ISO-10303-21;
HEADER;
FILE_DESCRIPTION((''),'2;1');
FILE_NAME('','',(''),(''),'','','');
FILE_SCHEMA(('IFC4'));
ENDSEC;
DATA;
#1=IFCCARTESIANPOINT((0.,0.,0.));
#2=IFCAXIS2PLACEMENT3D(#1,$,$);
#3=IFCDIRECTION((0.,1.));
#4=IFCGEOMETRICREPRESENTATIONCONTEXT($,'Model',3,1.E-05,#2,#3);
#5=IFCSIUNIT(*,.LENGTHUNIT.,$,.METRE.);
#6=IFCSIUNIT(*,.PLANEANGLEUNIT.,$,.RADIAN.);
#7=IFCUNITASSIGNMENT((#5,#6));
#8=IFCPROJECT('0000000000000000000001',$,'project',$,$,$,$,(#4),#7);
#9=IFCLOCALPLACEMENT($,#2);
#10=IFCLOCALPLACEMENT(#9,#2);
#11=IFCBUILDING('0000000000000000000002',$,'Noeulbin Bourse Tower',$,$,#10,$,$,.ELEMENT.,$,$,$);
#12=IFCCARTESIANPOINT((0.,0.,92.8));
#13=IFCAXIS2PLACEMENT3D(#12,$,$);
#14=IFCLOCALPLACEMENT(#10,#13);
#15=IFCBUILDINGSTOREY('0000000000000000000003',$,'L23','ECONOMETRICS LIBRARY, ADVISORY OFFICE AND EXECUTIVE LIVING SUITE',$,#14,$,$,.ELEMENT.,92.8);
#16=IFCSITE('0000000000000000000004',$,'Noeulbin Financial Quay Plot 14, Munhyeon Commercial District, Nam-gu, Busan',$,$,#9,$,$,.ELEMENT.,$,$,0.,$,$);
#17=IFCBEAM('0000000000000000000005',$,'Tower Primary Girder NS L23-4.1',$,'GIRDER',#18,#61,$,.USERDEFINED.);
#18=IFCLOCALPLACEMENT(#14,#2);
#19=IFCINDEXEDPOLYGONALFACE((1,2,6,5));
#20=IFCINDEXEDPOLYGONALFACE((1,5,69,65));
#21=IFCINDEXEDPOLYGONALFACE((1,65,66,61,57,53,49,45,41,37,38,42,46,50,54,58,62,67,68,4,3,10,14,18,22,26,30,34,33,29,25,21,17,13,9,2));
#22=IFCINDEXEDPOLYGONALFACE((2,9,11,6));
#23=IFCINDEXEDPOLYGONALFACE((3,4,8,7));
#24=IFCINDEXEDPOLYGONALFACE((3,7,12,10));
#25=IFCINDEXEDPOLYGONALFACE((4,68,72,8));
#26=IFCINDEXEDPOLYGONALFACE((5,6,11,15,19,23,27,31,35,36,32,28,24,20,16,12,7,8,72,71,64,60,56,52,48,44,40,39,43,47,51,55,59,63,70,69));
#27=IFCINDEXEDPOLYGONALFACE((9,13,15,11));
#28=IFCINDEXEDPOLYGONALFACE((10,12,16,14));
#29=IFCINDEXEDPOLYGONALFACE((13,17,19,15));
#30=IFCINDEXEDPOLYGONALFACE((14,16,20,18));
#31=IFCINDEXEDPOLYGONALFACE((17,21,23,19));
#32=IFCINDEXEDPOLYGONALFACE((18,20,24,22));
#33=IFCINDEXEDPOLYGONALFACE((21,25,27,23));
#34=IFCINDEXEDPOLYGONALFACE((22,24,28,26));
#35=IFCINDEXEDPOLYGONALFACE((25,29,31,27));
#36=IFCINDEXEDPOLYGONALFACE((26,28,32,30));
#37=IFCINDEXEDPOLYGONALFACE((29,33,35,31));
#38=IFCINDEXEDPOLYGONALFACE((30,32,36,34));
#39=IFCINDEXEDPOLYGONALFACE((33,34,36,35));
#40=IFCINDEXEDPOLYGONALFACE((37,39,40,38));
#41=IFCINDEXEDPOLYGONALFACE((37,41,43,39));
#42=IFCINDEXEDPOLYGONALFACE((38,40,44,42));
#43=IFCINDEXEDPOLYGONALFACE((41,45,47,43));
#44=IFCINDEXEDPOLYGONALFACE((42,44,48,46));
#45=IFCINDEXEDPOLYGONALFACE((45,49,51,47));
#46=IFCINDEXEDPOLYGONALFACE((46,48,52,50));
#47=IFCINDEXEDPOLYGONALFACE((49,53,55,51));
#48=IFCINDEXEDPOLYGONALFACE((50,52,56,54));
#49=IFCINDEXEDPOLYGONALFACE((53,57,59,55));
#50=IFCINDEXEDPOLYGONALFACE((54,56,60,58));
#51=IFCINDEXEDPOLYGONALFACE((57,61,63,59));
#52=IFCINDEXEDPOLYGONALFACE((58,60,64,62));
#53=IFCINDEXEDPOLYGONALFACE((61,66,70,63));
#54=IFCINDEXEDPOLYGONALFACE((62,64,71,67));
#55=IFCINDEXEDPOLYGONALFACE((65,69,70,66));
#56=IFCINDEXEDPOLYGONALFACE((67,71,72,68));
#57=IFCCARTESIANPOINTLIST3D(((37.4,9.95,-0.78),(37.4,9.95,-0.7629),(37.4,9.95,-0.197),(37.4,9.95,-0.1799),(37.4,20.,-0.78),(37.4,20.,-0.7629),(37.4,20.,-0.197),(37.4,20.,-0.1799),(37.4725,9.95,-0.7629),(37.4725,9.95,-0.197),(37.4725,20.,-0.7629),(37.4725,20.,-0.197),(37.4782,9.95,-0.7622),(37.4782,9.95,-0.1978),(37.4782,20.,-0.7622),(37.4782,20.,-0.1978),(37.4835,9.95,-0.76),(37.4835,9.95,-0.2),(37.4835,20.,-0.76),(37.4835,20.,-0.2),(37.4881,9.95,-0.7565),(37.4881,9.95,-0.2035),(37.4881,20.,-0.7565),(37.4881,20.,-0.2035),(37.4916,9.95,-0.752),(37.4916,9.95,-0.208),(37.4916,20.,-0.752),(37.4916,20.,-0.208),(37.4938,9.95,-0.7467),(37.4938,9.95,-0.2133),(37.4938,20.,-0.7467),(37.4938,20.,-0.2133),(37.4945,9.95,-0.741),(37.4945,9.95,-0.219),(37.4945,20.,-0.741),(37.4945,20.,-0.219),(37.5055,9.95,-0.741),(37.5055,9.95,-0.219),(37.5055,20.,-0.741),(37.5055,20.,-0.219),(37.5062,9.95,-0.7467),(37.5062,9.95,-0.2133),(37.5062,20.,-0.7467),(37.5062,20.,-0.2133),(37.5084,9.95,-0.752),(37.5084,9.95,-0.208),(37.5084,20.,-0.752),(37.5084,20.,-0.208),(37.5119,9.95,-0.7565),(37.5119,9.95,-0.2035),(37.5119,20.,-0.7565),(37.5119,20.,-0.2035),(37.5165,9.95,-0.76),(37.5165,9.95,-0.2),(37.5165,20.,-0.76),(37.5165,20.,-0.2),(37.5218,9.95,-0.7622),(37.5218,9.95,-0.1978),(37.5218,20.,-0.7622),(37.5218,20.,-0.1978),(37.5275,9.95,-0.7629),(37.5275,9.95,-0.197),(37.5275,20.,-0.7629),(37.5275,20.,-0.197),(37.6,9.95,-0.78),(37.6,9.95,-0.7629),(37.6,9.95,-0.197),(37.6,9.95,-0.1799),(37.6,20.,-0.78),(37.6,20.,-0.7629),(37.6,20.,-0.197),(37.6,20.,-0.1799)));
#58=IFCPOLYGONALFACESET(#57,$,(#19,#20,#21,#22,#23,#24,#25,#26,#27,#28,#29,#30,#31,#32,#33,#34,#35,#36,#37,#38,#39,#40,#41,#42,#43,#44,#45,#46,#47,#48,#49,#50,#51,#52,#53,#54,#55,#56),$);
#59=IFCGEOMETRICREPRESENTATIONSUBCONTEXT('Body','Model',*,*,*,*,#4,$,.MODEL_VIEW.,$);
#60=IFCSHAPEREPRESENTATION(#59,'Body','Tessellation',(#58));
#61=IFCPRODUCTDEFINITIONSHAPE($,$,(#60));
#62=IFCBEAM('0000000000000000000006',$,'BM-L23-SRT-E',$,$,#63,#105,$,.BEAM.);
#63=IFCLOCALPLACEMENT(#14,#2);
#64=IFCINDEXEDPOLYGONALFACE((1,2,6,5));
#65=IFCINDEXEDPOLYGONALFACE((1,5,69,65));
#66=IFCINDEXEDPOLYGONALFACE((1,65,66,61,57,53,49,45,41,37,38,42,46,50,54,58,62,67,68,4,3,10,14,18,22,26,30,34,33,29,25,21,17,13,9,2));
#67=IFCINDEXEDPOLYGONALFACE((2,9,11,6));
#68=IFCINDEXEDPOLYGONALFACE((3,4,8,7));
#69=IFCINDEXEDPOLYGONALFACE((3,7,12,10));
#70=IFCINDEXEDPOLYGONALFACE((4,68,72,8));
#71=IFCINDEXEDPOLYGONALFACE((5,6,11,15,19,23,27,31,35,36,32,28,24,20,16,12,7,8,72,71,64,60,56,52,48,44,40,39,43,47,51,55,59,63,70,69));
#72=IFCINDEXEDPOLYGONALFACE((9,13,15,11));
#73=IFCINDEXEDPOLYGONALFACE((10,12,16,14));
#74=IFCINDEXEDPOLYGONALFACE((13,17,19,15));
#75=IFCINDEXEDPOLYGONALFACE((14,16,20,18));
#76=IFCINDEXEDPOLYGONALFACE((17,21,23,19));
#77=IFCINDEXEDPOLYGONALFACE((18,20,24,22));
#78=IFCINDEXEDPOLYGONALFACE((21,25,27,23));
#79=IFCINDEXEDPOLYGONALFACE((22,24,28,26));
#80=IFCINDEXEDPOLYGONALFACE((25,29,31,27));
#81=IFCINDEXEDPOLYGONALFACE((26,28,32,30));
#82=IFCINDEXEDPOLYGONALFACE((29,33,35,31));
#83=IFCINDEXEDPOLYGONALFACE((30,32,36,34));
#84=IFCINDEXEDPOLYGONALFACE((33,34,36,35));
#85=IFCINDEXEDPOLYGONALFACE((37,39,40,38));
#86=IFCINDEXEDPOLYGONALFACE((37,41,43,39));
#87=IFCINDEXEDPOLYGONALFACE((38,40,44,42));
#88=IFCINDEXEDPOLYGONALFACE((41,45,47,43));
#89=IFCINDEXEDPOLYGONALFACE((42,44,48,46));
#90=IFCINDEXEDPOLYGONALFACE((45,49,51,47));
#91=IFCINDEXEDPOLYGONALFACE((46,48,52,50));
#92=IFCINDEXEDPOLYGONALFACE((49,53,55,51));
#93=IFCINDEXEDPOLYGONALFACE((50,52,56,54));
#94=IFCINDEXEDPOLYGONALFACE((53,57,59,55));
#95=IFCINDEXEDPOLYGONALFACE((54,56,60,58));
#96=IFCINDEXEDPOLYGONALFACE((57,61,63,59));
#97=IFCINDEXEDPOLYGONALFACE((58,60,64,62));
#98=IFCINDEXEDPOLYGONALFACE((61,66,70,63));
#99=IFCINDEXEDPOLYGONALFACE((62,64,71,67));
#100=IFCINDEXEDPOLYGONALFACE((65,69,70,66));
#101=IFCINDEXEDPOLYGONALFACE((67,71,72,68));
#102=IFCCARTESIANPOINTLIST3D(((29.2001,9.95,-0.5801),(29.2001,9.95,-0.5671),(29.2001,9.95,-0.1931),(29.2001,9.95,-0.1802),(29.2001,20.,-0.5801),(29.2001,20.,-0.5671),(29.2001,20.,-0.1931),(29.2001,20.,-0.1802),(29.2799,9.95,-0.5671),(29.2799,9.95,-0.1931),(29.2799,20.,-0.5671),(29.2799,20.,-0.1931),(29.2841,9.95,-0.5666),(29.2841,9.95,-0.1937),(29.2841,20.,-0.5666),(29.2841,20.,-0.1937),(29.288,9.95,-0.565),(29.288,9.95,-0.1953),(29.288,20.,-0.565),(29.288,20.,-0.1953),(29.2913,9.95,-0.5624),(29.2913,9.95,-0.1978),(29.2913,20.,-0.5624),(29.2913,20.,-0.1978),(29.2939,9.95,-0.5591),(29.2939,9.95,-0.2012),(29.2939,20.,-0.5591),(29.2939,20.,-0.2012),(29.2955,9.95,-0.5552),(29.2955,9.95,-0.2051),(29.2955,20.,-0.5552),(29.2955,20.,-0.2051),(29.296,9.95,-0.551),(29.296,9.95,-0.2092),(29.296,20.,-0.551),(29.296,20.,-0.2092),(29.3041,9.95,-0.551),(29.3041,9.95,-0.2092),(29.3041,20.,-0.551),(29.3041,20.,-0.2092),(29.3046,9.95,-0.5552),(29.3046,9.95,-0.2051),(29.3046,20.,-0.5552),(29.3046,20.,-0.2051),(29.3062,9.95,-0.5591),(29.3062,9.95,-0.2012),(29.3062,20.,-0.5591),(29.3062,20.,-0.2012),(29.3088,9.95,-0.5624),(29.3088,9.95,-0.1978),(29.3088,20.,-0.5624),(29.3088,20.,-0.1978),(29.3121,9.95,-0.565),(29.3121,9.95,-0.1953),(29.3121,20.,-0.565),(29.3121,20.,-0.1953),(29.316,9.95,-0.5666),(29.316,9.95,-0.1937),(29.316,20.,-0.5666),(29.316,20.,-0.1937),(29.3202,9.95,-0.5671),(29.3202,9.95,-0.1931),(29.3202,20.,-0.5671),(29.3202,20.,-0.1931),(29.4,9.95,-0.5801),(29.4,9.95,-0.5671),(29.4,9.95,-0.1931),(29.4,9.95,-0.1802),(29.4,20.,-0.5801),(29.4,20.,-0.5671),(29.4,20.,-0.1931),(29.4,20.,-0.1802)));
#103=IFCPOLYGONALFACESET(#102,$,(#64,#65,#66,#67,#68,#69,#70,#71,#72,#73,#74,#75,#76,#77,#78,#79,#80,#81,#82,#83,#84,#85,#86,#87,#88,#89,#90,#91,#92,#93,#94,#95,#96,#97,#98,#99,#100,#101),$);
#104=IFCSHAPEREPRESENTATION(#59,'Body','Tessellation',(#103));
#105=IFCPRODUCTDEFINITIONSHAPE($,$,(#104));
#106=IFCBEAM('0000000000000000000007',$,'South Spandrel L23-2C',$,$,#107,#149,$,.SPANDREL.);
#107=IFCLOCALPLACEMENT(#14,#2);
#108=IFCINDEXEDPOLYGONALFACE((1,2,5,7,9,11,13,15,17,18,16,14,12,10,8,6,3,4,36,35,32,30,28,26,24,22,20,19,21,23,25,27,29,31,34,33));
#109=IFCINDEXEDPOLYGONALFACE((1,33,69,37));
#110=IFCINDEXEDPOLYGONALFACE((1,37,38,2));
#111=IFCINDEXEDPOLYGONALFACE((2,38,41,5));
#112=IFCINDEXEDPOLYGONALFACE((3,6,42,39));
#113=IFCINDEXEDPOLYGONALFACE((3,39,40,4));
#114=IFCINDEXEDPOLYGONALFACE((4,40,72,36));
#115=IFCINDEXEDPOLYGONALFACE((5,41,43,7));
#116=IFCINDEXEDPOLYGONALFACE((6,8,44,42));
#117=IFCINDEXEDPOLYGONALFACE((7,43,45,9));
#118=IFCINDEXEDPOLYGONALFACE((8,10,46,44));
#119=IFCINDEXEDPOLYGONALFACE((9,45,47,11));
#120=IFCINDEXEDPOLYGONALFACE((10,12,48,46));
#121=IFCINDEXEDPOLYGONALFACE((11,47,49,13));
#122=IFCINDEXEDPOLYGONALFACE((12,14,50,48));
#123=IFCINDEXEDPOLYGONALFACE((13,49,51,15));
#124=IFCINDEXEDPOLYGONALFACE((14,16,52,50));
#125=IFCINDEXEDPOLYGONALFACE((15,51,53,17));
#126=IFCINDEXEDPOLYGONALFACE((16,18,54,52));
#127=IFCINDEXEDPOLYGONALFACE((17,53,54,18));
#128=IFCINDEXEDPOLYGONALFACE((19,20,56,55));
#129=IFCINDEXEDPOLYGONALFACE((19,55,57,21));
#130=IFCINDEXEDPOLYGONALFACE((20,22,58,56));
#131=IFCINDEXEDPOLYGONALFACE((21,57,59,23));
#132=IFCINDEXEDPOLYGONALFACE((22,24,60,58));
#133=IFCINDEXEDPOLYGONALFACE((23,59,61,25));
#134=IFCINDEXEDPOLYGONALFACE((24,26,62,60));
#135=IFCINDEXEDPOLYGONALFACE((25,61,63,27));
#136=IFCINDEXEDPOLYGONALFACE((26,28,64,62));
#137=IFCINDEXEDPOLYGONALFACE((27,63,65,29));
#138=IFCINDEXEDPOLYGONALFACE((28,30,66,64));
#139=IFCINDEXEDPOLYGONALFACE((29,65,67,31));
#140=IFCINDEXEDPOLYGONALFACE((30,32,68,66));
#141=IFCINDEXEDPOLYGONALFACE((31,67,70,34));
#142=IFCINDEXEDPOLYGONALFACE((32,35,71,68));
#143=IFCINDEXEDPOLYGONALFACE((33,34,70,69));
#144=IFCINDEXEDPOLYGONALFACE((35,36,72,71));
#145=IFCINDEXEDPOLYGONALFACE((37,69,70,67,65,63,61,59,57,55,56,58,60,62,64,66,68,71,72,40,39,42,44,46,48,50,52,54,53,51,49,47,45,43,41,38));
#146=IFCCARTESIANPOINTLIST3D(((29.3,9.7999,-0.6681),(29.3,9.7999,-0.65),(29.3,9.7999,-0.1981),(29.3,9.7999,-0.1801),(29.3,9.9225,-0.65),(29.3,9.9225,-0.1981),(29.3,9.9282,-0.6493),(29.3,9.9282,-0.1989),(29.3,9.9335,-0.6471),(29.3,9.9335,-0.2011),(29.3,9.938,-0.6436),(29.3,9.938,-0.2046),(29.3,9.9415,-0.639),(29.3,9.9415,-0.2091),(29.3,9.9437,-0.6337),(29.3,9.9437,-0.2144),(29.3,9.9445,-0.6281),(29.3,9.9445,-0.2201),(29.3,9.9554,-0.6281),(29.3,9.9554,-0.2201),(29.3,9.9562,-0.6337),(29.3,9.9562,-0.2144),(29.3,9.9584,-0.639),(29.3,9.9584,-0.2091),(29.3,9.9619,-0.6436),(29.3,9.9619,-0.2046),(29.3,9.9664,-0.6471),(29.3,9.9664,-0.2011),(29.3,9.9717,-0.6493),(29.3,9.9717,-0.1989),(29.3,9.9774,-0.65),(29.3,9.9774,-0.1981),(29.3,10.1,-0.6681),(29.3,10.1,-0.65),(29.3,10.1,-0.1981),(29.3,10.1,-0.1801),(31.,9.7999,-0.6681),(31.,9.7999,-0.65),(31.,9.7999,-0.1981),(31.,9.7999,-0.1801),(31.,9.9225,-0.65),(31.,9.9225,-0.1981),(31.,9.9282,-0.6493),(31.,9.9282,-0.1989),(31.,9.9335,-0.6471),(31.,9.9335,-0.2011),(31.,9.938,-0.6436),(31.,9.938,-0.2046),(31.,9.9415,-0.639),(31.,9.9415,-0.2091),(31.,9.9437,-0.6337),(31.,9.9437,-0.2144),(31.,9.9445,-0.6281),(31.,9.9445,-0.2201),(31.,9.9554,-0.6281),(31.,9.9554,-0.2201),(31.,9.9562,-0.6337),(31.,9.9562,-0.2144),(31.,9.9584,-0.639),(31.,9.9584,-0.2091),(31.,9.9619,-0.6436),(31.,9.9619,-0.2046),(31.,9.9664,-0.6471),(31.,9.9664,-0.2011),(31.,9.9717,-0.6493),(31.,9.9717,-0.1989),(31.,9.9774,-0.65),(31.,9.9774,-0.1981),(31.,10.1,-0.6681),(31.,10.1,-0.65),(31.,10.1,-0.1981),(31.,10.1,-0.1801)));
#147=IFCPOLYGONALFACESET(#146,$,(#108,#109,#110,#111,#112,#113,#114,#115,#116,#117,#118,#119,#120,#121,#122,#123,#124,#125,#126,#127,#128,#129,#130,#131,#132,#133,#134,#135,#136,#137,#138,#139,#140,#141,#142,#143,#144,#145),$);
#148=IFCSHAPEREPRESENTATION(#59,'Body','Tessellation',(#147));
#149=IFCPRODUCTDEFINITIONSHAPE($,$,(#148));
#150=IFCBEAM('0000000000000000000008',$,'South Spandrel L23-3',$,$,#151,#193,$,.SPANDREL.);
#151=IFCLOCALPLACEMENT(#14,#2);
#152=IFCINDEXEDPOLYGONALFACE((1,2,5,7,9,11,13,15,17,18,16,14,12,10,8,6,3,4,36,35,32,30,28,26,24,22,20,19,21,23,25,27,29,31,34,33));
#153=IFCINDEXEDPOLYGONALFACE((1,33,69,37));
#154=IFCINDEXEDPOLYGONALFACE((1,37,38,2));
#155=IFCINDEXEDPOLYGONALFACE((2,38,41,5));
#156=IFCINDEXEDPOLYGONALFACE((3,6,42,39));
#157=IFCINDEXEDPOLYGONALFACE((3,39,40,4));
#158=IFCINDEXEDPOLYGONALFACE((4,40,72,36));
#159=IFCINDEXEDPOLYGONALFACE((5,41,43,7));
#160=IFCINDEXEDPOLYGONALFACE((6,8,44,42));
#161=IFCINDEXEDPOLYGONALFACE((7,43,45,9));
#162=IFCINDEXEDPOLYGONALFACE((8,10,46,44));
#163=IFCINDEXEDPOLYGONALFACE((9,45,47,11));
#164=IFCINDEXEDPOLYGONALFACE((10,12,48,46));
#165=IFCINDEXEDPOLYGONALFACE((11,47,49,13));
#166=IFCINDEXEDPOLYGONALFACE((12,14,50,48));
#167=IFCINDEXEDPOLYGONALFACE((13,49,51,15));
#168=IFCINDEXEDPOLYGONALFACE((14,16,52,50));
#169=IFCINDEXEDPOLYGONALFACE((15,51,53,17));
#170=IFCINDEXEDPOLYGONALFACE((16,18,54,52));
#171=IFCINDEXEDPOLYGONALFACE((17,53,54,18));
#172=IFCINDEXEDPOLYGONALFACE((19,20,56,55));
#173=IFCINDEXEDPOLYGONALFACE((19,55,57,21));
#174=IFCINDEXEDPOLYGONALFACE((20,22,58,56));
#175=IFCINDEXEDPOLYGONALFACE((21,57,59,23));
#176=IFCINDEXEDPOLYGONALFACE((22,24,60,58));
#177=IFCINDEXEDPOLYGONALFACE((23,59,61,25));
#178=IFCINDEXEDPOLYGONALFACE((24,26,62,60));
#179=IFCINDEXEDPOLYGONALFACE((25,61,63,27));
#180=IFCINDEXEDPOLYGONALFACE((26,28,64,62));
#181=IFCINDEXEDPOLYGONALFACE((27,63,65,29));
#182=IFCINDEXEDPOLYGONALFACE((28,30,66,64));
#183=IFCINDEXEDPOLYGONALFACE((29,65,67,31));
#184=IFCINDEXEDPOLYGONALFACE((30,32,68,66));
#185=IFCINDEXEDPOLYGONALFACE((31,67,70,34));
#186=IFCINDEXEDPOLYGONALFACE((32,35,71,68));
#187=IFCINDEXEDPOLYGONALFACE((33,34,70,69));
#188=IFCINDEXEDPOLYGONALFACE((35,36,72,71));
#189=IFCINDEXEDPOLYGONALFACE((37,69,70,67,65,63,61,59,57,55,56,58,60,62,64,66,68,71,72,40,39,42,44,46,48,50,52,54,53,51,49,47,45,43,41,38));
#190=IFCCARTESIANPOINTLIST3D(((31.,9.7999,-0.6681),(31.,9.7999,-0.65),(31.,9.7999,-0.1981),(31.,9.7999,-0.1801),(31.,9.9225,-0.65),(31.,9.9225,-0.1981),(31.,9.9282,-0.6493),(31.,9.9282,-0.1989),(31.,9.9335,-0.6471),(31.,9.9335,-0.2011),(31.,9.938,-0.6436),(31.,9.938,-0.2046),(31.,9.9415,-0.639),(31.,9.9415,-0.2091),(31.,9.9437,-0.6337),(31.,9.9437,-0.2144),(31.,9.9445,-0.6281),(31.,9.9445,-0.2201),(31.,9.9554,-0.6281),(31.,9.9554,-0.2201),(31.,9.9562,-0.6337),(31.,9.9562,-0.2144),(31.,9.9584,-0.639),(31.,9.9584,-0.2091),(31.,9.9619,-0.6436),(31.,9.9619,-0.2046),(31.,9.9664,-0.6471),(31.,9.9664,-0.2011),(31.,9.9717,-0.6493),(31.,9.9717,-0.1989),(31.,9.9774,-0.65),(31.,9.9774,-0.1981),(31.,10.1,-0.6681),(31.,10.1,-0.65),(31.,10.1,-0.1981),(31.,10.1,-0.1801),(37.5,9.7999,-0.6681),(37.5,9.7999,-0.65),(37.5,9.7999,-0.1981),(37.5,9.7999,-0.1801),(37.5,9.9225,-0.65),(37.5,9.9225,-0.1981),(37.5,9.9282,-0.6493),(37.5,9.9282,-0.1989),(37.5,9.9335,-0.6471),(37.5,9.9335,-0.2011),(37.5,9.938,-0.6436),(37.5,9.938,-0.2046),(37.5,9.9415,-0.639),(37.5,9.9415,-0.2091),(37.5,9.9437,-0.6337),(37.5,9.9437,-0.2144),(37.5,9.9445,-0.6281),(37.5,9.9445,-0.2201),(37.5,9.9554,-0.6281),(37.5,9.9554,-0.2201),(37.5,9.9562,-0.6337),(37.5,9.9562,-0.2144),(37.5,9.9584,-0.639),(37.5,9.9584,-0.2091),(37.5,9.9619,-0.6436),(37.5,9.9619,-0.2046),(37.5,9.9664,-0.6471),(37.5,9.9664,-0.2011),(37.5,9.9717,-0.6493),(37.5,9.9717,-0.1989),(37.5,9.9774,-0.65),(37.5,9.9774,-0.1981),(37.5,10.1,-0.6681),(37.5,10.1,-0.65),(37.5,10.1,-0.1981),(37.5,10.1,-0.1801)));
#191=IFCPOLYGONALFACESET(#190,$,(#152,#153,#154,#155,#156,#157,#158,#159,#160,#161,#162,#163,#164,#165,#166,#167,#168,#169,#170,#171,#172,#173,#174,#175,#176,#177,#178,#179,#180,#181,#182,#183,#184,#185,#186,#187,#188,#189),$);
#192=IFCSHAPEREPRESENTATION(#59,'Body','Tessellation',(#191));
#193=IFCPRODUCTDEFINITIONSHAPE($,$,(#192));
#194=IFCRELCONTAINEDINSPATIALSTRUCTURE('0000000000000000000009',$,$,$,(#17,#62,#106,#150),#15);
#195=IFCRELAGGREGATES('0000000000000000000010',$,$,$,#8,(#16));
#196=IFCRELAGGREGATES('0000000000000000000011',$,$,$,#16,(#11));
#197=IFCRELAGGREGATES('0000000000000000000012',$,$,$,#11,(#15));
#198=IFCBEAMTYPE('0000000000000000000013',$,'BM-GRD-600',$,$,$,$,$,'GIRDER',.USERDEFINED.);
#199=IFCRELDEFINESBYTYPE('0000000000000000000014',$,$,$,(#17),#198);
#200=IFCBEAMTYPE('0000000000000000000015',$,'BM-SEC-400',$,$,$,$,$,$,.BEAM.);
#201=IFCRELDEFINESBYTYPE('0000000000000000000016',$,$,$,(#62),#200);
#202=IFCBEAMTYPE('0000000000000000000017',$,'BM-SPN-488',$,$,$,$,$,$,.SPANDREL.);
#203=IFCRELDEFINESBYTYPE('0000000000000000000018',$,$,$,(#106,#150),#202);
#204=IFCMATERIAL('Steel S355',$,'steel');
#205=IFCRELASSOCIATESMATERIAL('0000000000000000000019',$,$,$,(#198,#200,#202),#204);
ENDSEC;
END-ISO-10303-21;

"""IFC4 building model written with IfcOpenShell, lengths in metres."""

from ifc_helpers import new_model, si_unit, direction, frame, origin, origin_2d, place, context, subcontext, project, spatial, i_section, extrude, material, material_profile, profile_set, type_object, element, save


model = new_model("IFC4")

# Units and contexts
model_context = context("Model", 3, precision=1e-05, world=origin(), true_north=direction((0.0, 1.0)))
body_context = subcontext(model_context, "Body", "Model", "MODEL_VIEW")
ifc_project = project(units=[si_unit("LENGTHUNIT", "METRE"), si_unit("PLANEANGLEUNIT", "RADIAN")], contexts=[model_context])

# Site, building, storey
site_placement = place(None, origin())
site = spatial("IfcSite", under=ifc_project, at=site_placement, Name="Noeulbin Financial Quay Plot 14, Munhyeon Commercial District, Nam-gu, Busan", CompositionType="ELEMENT", RefElevation=0.0)
building_placement = place(site_placement, origin())
building = spatial("IfcBuilding", under=site, at=building_placement, Name="Noeulbin Bourse Tower", CompositionType="ELEMENT")
storey_placement = place(building_placement, frame((0.0, 0.0, 92.8)))
storey = spatial("IfcBuildingStorey", under=building, at=storey_placement, Name="L23", Description="ECONOMETRICS LIBRARY, ADVISORY OFFICE AND EXECUTIVE LIVING SUITE", CompositionType="ELEMENT", Elevation=92.8)

# Beams
ifc_material_1 = material(Name="Steel S355", Category="steel")
ifc_material_profile_1 = material_profile(ifc_material_1, i_section(OverallWidth=0.2, OverallDepth=0.6001, WebThickness=0.011, FlangeThickness=0.0171, FilletRadius=0.022, at=origin_2d()), Name="H-600x200x11x17", Category="LoadBearing")
ifc_profile_set_1 = profile_set([ifc_material_profile_1], Name="Steel S355")
beam_type_1 = type_object("IfcBeamType", Name="BM-GRD-600", ElementType="GIRDER", PredefinedType="USERDEFINED", material=ifc_profile_set_1)
for number, where, z_axis, x_axis, name in (
    (1, (37.5, 9.95, -0.48), (0.0, 1.0, 0.0), (-1.0, 0.0, 0.0), "Tower Primary Girder NS L23-4.1"),
):
    element("IfcBeam", number, at=place(storey_placement, frame(where, z_axis=z_axis, x_axis=x_axis)), inside=storey, type_object=beam_type_1, Name=name, ObjectType="GIRDER", PredefinedType="USERDEFINED", context=body_context, shape_type="SweptSolid", body=[
        extrude(i_section(OverallWidth=0.2, OverallDepth=0.6001, WebThickness=0.011, FlangeThickness=0.0171, FilletRadius=0.022, at=origin_2d()), origin(), (0.0, 0.0, 1.0), 10.05),
    ])
ifc_material_profile_2 = material_profile(ifc_material_1, i_section(OverallWidth=0.2, OverallDepth=0.3999, WebThickness=0.0081, FlangeThickness=0.0129, FilletRadius=0.0161, at=origin_2d()), Name="H-400x200x8x13", Category="LoadBearing")
ifc_profile_set_2 = profile_set([ifc_material_profile_2], Name="Steel S355")
beam_type_2 = type_object("IfcBeamType", Name="BM-SEC-400", PredefinedType="BEAM", material=ifc_profile_set_2)
beam_1_placement = place(storey_placement, frame((29.3, 9.95, -0.3801), z_axis=(0.0, 1.0, 0.0), x_axis=(-1.0, 0.0, 0.0)))
element("IfcBeam", 2, at=beam_1_placement, inside=storey, type_object=beam_type_2, Name="BM-L23-SRT-E", PredefinedType="BEAM", context=body_context, shape_type="SweptSolid", body=[
    extrude(i_section(OverallWidth=0.2, OverallDepth=0.3999, WebThickness=0.0081, FlangeThickness=0.0129, FilletRadius=0.0161, at=origin_2d()), origin(), (0.0, 0.0, 1.0), 10.05),
])
ifc_material_profile_3 = material_profile(ifc_material_1, i_section(OverallWidth=0.3, OverallDepth=0.488, WebThickness=0.011, FlangeThickness=0.0181, FilletRadius=0.022, at=origin_2d()), Name="H-488x300x11x18", Category="LoadBearing")
ifc_profile_set_3 = profile_set([ifc_material_profile_3], Name="Steel S355")
beam_type_3 = type_object("IfcBeamType", Name="BM-SPN-488", PredefinedType="SPANDREL", material=ifc_profile_set_3)
beam_2_placement = place(storey_placement, frame((29.3, 9.95, -0.4241), z_axis=(1.0, 0.0, 0.0), x_axis=(0.0, 1.0, 0.0)))
element("IfcBeam", 3, at=beam_2_placement, inside=storey, type_object=beam_type_3, Name="South Spandrel L23-2C", PredefinedType="SPANDREL", context=body_context, shape_type="SweptSolid", body=[
    extrude(i_section(OverallWidth=0.3, OverallDepth=0.488, WebThickness=0.011, FlangeThickness=0.0181, FilletRadius=0.022, at=origin_2d()), origin(), (0.0, 0.0, 1.0), 1.7),
])
for number, where, z_axis, x_axis, name in (
    (4, (31.0, 9.95, -0.4241), (1.0, 0.0, 0.0), (0.0, 1.0, 0.0), "South Spandrel L23-3"),
):
    element("IfcBeam", number, at=place(storey_placement, frame(where, z_axis=z_axis, x_axis=x_axis)), inside=storey, type_object=beam_type_3, Name=name, PredefinedType="SPANDREL", context=body_context, shape_type="SweptSolid", body=[
        extrude(i_section(OverallWidth=0.3, OverallDepth=0.488, WebThickness=0.011, FlangeThickness=0.0181, FilletRadius=0.022, at=origin_2d()), origin(), (0.0, 0.0, 1.0), 6.5),
    ])

save(model, "model.ifc")
